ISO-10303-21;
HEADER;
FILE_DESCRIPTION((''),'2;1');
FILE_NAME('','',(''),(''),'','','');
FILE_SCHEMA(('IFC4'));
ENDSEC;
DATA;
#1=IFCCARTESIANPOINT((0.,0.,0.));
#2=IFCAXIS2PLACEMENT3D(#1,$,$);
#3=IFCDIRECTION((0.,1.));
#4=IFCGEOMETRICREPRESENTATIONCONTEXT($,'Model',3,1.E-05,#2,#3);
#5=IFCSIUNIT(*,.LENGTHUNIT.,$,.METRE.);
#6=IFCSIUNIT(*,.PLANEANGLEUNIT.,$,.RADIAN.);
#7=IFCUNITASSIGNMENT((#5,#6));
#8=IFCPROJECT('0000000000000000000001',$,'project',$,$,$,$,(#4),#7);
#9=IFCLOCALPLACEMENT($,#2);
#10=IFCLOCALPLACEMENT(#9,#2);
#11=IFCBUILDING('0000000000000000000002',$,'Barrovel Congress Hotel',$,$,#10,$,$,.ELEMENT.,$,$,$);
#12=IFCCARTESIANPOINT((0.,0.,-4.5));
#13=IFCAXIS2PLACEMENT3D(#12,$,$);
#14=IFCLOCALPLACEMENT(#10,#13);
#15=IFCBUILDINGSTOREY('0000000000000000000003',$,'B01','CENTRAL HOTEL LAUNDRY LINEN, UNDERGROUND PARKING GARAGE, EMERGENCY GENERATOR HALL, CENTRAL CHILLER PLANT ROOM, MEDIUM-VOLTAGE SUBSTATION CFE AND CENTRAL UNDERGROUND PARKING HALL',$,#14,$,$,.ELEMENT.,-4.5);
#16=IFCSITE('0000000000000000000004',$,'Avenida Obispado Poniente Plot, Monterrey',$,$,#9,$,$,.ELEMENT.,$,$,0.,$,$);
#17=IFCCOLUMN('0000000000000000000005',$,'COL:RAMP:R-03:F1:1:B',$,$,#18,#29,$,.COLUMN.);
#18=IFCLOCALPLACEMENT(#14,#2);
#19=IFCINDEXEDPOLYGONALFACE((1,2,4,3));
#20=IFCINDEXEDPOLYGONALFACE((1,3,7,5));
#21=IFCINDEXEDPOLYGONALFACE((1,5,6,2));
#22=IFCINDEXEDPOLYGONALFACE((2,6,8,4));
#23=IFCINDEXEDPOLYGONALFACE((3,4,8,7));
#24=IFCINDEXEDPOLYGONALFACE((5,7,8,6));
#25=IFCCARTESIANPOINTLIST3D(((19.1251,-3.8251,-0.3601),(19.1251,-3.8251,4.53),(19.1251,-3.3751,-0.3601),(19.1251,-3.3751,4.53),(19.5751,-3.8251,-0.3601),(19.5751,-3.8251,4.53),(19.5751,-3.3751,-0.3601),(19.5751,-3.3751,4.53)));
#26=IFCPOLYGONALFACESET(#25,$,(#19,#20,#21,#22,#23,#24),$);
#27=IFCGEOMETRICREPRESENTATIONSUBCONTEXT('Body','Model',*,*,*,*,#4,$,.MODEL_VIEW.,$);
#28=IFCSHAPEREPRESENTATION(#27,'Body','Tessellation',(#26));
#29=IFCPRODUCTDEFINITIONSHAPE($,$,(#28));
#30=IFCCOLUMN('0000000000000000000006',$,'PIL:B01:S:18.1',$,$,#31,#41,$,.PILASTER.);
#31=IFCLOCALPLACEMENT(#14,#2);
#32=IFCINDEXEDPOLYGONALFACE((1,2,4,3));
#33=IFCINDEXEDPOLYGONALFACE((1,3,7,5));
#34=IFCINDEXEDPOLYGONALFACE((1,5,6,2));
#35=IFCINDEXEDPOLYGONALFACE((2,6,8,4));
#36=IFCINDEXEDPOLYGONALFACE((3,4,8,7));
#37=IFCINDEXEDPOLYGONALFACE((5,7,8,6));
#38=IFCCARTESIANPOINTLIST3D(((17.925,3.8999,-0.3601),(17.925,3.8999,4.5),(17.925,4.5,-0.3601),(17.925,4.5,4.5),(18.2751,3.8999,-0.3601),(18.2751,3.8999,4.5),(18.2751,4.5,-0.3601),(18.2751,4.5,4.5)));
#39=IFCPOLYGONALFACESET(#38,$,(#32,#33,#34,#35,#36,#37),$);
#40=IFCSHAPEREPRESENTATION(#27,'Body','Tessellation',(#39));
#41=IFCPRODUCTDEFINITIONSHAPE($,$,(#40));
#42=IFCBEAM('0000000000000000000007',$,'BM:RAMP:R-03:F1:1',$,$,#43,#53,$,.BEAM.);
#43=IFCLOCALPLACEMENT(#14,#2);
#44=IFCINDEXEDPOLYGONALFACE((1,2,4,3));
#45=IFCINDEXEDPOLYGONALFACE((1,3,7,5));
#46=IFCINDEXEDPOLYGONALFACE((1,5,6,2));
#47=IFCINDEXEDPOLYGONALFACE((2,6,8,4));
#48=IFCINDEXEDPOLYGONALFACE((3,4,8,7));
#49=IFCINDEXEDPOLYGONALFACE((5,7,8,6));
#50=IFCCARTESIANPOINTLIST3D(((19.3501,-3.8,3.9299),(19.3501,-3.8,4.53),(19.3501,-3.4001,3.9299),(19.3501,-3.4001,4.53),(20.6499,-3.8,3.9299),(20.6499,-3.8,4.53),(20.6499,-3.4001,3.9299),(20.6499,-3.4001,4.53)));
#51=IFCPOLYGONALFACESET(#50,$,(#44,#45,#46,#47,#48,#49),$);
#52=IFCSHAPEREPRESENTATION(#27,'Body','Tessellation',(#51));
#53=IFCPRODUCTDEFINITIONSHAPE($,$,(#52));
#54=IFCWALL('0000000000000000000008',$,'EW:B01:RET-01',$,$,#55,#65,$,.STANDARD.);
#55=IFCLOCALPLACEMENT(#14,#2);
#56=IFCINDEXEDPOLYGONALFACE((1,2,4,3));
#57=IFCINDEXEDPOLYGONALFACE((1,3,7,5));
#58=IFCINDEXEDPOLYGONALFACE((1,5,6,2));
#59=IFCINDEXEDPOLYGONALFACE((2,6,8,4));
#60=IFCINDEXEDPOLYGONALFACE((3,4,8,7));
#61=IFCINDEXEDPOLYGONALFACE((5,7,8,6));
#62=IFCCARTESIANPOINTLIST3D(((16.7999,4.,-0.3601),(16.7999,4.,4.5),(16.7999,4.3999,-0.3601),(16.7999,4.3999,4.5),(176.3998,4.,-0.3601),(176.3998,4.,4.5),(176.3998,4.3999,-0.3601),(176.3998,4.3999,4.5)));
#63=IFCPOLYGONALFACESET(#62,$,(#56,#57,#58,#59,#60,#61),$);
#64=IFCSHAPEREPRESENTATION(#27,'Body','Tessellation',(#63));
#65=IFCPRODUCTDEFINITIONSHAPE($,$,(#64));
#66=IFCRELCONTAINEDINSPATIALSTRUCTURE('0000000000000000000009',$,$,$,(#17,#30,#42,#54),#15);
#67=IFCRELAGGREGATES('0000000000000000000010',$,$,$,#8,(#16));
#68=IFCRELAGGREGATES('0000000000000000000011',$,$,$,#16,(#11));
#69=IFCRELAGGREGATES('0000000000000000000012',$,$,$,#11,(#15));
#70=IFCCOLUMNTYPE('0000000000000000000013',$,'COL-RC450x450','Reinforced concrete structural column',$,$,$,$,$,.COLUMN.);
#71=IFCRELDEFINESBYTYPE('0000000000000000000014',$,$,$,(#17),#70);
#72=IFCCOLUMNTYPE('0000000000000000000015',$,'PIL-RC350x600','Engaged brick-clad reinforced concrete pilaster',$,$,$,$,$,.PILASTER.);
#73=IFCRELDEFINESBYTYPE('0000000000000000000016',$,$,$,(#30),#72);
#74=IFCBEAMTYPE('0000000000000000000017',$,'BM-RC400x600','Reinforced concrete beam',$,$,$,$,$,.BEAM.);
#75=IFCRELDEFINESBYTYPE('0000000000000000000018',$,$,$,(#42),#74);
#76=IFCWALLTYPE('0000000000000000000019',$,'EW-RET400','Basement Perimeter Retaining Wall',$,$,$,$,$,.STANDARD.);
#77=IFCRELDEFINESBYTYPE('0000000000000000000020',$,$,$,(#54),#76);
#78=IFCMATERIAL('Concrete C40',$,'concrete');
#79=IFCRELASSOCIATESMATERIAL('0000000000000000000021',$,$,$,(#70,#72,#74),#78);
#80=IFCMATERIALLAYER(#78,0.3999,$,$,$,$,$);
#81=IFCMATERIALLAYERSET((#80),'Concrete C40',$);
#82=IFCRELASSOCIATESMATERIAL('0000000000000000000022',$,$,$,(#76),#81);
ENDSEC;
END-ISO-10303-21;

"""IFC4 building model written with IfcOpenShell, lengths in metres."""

from ifc_helpers import new_model, si_unit, direction, frame, frame_2d, origin, origin_2d, place, context, subcontext, project, spatial, rectangle, extrude, material, layer, layer_set, material_profile, profile_set, type_object, element, save


model = new_model("IFC4")

# Units and contexts
model_context = context("Model", 3, precision=1e-05, world=origin(), true_north=direction((0.0, 1.0)))
body_context = subcontext(model_context, "Body", "Model", "MODEL_VIEW")
ifc_project = project(units=[si_unit("LENGTHUNIT", "METRE"), si_unit("PLANEANGLEUNIT", "RADIAN")], contexts=[model_context])

# Site, building, storey
site_placement = place(None, origin())
site = spatial("IfcSite", under=ifc_project, at=site_placement, Name="Avenida Obispado Poniente Plot, Monterrey", CompositionType="ELEMENT", RefElevation=0.0)
building_placement = place(site_placement, origin())
building = spatial("IfcBuilding", under=site, at=building_placement, Name="Barrovel Congress Hotel", CompositionType="ELEMENT")
storey_placement = place(building_placement, frame((0.0, 0.0, -4.5)))
storey = spatial("IfcBuildingStorey", under=building, at=storey_placement, Name="B01", Description="CENTRAL HOTEL LAUNDRY LINEN, UNDERGROUND PARKING GARAGE, EMERGENCY GENERATOR HALL, CENTRAL CHILLER PLANT ROOM, MEDIUM-VOLTAGE SUBSTATION CFE AND CENTRAL UNDERGROUND PARKING HALL", CompositionType="ELEMENT", Elevation=-4.5)

# Shared definitions
ifc_material_1 = material(Name="Concrete C40", Category="concrete")

# Columns
ifc_material_profile_1 = material_profile(ifc_material_1, rectangle(XDim=0.45, YDim=0.45, at=origin_2d()), Name="RC450x450")
ifc_profile_set_1 = profile_set([ifc_material_profile_1], Name="Concrete C40")
column_type_1 = type_object("IfcColumnType", Name="COL-RC450x450", Description="Reinforced concrete structural column", PredefinedType="COLUMN", material=ifc_profile_set_1)
for number, where, z_axis, x_axis, name in (
    (1, (19.3501, -3.6001, -0.3601), (0.0, 0.0, 1.0), (1.0, 0.0, 0.0), "COL:RAMP:R-03:F1:1:B"),
):
    element("IfcColumn", number, at=place(storey_placement, frame(where, z_axis=z_axis, x_axis=x_axis)), inside=storey, type_object=column_type_1, Name=name, PredefinedType="COLUMN", context=body_context, shape_type="SweptSolid", body=[
        extrude(rectangle(XDim=0.45, YDim=0.45, at=origin_2d()), origin(), (0.0, 0.0, 1.0), 4.8901),
    ])
ifc_material_profile_2 = material_profile(ifc_material_1, rectangle(XDim=0.3501, YDim=0.6001, at=origin_2d()), Name="RC350x600")
ifc_profile_set_2 = profile_set([ifc_material_profile_2], Name="Concrete C40")
column_type_2 = type_object("IfcColumnType", Name="PIL-RC350x600", Description="Engaged brick-clad reinforced concrete pilaster", PredefinedType="PILASTER", material=ifc_profile_set_2)
column_1_placement = place(storey_placement, frame((18.1001, 4.2, -0.3601), z_axis=(0.0, 0.0, 1.0), x_axis=(1.0, 0.0, 0.0)))
element("IfcColumn", 2, at=column_1_placement, inside=storey, type_object=column_type_2, Name="PIL:B01:S:18.1", PredefinedType="PILASTER", context=body_context, shape_type="SweptSolid", body=[
    extrude(rectangle(XDim=0.3501, YDim=0.6001, at=origin_2d()), origin(), (0.0, 0.0, 1.0), 4.8601),
])

# Beam
ifc_material_profile_3 = material_profile(ifc_material_1, rectangle(XDim=0.3999, YDim=0.6001, at=origin_2d()), Name="RC400x600")
ifc_profile_set_3 = profile_set([ifc_material_profile_3], Name="Concrete C40")
beam_type = type_object("IfcBeamType", Name="BM-RC400x600", Description="Reinforced concrete beam", PredefinedType="BEAM", material=ifc_profile_set_3)
beam_placement = place(storey_placement, frame((20.6499, -3.6001, 4.23), z_axis=(-1.0, 0.0, 0.0), x_axis=(0.0, -1.0, 0.0)))
element("IfcBeam", 3, at=beam_placement, inside=storey, type_object=beam_type, Name="BM:RAMP:R-03:F1:1", PredefinedType="BEAM", context=body_context, shape_type="SweptSolid", body=[
    extrude(rectangle(XDim=0.3999, YDim=0.6001, at=origin_2d()), origin(), (0.0, 0.0, 1.0), 1.2998),
])

# Wall
ifc_layer = layer(ifc_material_1, 0.3999)
ifc_layer_set = layer_set([ifc_layer], Name="Concrete C40")
wall_type = type_object("IfcWallType", Name="EW-RET400", Description="Basement Perimeter Retaining Wall", PredefinedType="STANDARD", material=ifc_layer_set)
wall_placement = place(storey_placement, frame((16.8, 4.2, -0.3601), z_axis=(0.0, 0.0, 1.0), x_axis=(1.0, 0.0, 0.0)))
element("IfcWall", 4, at=wall_placement, inside=storey, type_object=wall_type, Name="EW:B01:RET-01", PredefinedType="STANDARD", context=body_context, shape_type="SweptSolid", body=[
    extrude(rectangle(XDim=159.5999, YDim=0.3999, at=frame_2d((79.7998, 0.0))), origin(), (0.0, 0.0, 1.0), 4.8601),
])

save(model, "model.ifc")
